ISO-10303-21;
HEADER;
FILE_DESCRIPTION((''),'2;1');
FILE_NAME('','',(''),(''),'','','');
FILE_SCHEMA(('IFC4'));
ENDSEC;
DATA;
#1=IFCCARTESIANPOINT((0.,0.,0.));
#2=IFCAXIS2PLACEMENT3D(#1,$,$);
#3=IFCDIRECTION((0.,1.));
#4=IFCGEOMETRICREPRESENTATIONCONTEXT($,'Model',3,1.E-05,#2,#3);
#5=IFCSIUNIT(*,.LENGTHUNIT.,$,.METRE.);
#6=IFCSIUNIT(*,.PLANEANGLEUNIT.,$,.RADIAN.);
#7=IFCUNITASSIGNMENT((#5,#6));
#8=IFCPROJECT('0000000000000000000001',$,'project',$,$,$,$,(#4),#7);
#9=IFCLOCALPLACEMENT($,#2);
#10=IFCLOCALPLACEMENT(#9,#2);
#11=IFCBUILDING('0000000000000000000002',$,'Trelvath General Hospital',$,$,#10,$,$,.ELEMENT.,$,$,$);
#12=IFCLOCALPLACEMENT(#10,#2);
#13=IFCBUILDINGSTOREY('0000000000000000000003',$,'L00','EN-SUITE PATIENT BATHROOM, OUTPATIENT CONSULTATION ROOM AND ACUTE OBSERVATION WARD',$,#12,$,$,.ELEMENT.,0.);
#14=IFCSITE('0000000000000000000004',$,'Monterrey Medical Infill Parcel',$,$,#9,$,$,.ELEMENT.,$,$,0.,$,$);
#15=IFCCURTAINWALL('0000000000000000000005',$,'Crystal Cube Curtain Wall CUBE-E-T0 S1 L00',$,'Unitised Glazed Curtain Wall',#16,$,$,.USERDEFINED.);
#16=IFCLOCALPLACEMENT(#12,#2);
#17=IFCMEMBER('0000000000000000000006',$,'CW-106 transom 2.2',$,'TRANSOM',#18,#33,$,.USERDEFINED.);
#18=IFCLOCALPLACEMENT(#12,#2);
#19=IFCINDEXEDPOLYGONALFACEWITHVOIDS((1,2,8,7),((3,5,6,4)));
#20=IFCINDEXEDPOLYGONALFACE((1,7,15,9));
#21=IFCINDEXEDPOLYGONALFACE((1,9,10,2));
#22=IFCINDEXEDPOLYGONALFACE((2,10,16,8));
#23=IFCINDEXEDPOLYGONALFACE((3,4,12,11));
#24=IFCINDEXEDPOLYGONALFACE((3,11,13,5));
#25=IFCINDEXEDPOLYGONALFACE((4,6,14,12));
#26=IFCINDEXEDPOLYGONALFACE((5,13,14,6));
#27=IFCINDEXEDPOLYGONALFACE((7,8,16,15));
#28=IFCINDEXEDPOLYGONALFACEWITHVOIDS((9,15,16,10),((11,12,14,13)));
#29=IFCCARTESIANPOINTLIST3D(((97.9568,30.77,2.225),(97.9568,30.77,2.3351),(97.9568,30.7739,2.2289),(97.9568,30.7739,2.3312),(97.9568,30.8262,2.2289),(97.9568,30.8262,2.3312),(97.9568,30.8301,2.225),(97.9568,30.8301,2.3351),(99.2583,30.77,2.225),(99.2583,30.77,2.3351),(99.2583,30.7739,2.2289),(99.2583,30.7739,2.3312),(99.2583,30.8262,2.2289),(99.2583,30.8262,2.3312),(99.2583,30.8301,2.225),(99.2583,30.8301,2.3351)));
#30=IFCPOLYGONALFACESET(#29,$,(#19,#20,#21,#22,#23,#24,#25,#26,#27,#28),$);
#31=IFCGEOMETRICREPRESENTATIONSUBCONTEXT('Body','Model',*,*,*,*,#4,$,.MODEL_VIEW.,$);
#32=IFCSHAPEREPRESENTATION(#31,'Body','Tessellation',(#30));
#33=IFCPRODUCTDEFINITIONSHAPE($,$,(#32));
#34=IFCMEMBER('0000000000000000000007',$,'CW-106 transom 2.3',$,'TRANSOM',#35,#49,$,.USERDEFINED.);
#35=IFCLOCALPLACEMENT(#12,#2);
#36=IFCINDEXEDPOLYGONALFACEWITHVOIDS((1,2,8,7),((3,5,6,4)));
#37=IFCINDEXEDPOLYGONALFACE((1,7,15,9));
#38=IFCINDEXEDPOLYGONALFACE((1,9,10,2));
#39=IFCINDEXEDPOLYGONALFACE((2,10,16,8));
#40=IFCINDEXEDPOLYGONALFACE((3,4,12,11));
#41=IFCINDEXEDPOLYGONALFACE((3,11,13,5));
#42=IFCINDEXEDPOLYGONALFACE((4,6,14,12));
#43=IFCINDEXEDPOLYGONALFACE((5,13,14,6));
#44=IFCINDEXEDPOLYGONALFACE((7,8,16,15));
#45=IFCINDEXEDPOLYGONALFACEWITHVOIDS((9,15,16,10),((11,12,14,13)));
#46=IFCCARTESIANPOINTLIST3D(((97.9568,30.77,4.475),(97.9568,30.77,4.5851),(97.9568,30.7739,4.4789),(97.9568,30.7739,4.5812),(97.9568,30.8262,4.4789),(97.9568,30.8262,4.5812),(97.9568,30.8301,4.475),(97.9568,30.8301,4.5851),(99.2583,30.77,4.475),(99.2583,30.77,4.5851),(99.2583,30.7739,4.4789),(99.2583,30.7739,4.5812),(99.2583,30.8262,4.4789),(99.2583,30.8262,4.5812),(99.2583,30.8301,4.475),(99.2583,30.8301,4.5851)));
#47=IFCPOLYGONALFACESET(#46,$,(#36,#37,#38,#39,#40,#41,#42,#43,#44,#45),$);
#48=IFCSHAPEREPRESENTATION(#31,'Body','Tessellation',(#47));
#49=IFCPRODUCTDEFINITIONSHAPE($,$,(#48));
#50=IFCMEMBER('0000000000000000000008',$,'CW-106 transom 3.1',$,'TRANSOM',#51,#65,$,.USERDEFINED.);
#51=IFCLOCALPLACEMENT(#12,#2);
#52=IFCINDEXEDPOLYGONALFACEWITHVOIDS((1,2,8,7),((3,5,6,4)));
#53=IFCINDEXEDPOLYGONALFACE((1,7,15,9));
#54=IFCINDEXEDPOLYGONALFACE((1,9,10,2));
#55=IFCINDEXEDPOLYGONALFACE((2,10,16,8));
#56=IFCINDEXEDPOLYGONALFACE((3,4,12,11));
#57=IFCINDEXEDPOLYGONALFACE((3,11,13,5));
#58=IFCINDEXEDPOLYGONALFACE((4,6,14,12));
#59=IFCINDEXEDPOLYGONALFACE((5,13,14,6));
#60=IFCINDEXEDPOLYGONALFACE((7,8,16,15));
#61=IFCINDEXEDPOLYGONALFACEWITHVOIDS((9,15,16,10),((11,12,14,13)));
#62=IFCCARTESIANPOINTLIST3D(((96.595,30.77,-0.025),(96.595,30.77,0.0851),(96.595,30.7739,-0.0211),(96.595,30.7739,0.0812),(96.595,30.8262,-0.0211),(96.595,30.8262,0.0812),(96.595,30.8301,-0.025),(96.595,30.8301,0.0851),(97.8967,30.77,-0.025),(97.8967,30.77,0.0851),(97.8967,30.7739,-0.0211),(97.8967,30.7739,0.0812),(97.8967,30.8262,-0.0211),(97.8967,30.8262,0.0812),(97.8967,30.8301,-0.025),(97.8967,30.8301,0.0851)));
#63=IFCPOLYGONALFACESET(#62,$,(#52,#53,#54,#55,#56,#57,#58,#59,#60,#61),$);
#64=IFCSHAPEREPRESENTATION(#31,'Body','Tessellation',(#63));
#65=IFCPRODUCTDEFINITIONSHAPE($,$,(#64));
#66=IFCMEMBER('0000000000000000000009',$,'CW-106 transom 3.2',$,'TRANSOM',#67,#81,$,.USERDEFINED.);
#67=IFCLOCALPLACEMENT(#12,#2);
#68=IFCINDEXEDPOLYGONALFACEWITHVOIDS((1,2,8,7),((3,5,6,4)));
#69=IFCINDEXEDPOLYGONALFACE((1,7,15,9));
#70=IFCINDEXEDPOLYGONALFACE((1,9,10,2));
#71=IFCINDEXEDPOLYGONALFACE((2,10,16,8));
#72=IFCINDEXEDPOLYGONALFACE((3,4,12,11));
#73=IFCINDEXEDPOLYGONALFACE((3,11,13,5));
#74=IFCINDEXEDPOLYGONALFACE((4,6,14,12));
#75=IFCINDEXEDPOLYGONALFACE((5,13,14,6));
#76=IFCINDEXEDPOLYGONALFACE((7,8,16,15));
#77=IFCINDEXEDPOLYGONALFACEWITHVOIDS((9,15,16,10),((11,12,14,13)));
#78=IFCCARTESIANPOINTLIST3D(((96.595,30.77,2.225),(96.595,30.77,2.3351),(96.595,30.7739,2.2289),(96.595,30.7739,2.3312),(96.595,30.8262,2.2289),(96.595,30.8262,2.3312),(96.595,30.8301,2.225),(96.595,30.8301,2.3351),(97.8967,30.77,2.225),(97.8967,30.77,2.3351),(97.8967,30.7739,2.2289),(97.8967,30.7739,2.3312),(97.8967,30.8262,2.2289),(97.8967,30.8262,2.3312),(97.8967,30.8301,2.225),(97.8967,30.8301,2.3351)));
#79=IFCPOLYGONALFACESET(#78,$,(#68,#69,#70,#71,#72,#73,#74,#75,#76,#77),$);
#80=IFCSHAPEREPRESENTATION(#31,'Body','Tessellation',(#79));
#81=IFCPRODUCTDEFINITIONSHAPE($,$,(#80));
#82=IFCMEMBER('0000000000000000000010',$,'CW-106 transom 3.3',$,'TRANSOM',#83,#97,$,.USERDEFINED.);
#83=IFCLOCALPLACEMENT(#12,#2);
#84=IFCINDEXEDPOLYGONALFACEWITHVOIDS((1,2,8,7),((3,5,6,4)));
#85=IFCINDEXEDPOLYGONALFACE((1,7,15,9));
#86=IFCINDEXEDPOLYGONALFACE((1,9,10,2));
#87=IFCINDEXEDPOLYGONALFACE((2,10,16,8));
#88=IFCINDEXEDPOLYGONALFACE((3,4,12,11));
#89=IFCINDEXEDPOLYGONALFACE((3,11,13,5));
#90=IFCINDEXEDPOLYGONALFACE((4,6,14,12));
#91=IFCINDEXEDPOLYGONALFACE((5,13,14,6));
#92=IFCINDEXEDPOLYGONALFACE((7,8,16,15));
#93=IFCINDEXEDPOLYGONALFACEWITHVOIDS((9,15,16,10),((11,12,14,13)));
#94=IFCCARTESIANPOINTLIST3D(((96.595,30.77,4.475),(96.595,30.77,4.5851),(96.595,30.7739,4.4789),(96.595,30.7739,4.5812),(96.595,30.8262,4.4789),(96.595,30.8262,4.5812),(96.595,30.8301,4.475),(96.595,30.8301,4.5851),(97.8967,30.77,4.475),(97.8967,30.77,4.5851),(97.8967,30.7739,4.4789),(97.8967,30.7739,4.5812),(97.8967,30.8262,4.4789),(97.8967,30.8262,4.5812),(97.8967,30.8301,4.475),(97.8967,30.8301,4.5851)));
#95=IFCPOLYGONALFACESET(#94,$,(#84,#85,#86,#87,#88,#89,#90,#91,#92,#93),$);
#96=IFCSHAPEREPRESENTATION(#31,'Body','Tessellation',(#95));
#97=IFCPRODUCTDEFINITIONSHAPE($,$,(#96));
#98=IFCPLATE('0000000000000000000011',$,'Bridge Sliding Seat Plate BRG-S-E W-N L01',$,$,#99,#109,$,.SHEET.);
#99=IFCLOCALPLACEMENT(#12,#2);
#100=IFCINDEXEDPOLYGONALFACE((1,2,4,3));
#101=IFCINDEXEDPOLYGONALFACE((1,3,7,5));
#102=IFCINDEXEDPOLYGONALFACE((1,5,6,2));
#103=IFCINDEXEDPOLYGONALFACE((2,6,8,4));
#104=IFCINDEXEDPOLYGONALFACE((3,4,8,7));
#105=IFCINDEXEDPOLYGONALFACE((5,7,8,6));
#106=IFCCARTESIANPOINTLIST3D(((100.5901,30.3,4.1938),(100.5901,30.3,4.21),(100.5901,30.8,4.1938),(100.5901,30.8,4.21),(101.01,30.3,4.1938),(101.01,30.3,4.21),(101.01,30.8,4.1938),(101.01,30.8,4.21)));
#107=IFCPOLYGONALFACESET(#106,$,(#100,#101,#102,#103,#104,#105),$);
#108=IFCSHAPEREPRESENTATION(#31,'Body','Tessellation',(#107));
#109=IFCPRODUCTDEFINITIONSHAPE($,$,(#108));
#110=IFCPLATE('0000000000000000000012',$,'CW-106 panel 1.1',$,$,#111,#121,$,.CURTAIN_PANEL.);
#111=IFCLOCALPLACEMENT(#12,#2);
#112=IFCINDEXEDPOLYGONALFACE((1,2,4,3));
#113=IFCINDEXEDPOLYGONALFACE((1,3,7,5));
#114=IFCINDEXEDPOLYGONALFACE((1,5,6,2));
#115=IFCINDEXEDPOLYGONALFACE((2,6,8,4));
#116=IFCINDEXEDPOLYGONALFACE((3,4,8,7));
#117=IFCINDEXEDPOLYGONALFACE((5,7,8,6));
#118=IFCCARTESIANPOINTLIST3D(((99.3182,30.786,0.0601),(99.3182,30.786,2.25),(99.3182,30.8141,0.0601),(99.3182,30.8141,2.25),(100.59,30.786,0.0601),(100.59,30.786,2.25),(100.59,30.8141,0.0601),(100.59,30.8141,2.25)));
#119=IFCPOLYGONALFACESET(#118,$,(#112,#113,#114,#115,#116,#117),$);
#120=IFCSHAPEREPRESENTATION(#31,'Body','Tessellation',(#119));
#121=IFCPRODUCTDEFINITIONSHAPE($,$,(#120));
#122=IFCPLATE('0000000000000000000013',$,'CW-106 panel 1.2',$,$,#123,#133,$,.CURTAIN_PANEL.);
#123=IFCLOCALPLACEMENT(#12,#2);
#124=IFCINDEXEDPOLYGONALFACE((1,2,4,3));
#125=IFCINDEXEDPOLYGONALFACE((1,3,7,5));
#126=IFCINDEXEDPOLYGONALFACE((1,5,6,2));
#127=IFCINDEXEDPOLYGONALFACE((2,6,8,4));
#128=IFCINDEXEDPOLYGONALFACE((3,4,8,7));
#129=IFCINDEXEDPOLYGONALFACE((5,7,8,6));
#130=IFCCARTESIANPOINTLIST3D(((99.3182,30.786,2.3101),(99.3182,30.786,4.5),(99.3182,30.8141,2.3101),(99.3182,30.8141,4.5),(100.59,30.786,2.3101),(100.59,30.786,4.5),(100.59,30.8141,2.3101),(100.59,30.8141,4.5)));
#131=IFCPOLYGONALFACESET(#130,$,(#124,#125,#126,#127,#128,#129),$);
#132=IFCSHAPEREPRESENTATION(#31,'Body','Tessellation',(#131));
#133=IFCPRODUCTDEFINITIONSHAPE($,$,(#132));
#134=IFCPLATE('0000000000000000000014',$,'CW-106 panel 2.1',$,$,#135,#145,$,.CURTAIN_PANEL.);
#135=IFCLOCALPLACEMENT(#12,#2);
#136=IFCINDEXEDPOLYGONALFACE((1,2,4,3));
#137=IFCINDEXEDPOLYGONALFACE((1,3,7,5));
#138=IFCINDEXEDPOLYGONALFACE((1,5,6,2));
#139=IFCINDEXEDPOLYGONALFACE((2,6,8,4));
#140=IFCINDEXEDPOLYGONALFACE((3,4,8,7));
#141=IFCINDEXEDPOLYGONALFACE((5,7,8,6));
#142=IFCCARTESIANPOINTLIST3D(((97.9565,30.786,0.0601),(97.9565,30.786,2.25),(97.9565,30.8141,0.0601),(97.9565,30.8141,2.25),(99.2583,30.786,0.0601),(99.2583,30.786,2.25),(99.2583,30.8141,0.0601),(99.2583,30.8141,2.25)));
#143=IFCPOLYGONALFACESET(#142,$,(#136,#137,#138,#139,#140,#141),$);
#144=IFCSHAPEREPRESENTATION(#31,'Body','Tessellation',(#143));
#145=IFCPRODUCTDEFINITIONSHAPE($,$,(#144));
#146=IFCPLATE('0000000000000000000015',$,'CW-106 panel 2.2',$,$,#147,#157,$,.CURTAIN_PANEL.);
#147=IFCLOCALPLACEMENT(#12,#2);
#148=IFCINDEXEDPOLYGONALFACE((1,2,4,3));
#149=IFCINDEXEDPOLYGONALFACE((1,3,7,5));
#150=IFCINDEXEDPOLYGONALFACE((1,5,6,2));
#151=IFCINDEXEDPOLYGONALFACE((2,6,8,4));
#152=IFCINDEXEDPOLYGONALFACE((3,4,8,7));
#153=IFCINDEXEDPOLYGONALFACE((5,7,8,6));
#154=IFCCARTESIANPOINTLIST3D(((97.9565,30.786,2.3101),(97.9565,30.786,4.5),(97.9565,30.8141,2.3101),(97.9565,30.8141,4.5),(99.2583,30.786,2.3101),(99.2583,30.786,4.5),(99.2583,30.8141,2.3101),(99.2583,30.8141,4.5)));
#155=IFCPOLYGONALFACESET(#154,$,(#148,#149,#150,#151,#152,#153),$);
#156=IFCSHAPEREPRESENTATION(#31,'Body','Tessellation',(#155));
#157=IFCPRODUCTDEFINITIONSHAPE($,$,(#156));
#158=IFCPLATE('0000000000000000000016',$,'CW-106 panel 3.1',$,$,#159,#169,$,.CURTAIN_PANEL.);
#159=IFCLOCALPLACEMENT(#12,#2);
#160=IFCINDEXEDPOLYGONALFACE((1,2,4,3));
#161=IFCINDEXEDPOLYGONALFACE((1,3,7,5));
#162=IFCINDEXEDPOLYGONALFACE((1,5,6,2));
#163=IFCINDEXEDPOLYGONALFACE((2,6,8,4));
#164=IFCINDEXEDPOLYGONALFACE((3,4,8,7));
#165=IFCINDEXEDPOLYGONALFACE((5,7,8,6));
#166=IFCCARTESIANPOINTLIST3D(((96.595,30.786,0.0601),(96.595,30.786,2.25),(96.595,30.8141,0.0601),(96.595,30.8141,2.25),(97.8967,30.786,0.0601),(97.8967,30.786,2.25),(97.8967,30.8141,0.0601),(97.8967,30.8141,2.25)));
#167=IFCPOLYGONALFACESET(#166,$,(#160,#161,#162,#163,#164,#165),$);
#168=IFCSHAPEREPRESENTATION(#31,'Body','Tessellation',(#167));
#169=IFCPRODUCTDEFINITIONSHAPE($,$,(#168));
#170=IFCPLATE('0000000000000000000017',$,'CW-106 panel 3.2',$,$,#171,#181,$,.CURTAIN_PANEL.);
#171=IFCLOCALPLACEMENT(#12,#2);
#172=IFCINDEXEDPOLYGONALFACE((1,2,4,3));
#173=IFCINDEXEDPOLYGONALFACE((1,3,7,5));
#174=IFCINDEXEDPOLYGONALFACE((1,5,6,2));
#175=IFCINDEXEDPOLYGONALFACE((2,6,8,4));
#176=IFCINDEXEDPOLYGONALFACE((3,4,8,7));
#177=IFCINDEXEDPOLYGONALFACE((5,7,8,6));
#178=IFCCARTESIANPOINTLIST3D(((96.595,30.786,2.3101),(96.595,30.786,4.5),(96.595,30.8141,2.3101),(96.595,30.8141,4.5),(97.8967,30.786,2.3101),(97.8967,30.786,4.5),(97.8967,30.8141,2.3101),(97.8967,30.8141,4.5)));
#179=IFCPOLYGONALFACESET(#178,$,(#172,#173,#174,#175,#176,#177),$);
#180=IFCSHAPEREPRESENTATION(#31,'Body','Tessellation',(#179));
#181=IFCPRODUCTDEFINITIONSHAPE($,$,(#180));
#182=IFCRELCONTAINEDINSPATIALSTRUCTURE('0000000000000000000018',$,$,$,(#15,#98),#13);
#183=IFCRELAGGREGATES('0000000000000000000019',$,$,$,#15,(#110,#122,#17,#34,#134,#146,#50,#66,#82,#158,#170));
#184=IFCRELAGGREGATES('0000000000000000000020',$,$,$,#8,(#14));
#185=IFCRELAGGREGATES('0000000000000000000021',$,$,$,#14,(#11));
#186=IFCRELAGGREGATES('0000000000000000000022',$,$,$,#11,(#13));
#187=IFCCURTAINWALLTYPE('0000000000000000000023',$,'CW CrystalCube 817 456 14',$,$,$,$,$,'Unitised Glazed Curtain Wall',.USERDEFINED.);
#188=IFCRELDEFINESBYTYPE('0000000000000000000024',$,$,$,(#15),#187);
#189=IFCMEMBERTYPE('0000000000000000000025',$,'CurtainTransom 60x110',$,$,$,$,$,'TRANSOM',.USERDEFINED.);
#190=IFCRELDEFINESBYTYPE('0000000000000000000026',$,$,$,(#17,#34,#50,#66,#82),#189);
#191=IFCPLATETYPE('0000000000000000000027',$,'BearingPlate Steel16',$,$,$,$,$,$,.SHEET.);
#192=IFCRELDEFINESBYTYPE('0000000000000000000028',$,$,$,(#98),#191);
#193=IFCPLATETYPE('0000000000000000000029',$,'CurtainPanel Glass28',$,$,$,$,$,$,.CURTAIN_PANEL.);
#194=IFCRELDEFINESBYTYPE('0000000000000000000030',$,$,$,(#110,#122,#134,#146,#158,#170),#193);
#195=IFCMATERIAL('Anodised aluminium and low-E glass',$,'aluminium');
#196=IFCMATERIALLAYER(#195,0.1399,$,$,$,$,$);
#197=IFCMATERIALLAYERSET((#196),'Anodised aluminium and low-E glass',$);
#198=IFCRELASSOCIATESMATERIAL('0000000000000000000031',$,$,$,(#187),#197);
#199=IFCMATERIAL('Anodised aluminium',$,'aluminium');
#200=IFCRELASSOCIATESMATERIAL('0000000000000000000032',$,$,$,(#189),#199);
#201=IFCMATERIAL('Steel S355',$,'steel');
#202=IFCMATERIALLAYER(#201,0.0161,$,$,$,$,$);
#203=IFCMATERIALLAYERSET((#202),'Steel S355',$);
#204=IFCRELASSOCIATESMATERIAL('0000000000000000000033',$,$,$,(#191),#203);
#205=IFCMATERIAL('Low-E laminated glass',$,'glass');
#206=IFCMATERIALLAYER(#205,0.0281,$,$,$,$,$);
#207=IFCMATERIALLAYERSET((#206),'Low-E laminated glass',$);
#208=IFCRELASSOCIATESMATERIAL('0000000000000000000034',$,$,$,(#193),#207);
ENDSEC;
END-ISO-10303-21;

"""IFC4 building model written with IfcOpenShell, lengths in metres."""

from ifc_helpers import new_model, si_unit, direction, frame, origin, origin_2d, place, context, subcontext, project, spatial, rectangle, hollow_rectangle, extrude, material, layer, layer_set, material_profile, profile_set, type_object, element, aggregate, save


model = new_model("IFC4")

# Units and contexts
model_context = context("Model", 3, precision=1e-05, world=origin(), true_north=direction((0.0, 1.0)))
body_context = subcontext(model_context, "Body", "Model", "MODEL_VIEW")
ifc_project = project(units=[si_unit("LENGTHUNIT", "METRE"), si_unit("PLANEANGLEUNIT", "RADIAN")], contexts=[model_context])

# Site, building, storey
site_placement = place(None, origin())
site = spatial("IfcSite", under=ifc_project, at=site_placement, Name="Monterrey Medical Infill Parcel", CompositionType="ELEMENT", RefElevation=0.0)
building_placement = place(site_placement, origin())
building = spatial("IfcBuilding", under=site, at=building_placement, Name="Trelvath General Hospital", CompositionType="ELEMENT")
storey_placement = place(building_placement, origin())
storey = spatial("IfcBuildingStorey", under=building, at=storey_placement, Name="L00", Description="EN-SUITE PATIENT BATHROOM, OUTPATIENT CONSULTATION ROOM AND ACUTE OBSERVATION WARD", CompositionType="ELEMENT", Elevation=0.0)

# Curtain wall
ifc_material_1 = material(Name="Anodised aluminium and low-E glass", Category="aluminium")
ifc_layer_1 = layer(ifc_material_1, 0.1399)
ifc_layer_set_1 = layer_set([ifc_layer_1], Name="Anodised aluminium and low-E glass")
curtain_wall_type_1 = type_object("IfcCurtainWallType", Name="CW CrystalCube 817 456 14", ElementType="Unitised Glazed Curtain Wall", PredefinedType="USERDEFINED", material=ifc_layer_set_1)
curtain_wall_1_placement = place(storey_placement, origin())
curtain_wall_1 = element("IfcCurtainWall", 1, at=curtain_wall_1_placement, inside=storey, type_object=curtain_wall_type_1, Name="Crystal Cube Curtain Wall CUBE-E-T0 S1 L00", ObjectType="Unitised Glazed Curtain Wall", PredefinedType="USERDEFINED")

# Members
ifc_material_2 = material(Name="Anodised aluminium", Category="aluminium")
ifc_material_profile_1 = material_profile(ifc_material_2, hollow_rectangle(XDim=0.0601, YDim=0.1101, WallThickness=0.0039, at=origin_2d()), Name="RHS60x110x4")
ifc_profile_set_1 = profile_set([ifc_material_profile_1], Name="Anodised aluminium")
member_type_1 = type_object("IfcMemberType", Name="CurtainTransom 60x110", ElementType="TRANSOM", PredefinedType="USERDEFINED", material=ifc_profile_set_1)
member_1_placement = place(storey_placement, frame((99.2583, 30.8, 2.28), z_axis=(-1.0, 0.0, 0.0), x_axis=(0.0, -1.0, 0.0)))
member_1 = element("IfcMember", 2, at=member_1_placement, type_object=member_type_1, Name="CW-106 transom 2.2", ObjectType="TRANSOM", PredefinedType="USERDEFINED", context=body_context, shape_type="SweptSolid", body=[
    extrude(hollow_rectangle(XDim=0.0601, YDim=0.1101, WallThickness=0.0039, at=origin_2d()), origin(), (0.0, 0.0, 1.0), 1.3015),
])
member_2_placement = place(storey_placement, frame((99.2583, 30.8, 4.53), z_axis=(-1.0, 0.0, 0.0), x_axis=(0.0, -1.0, 0.0)))
member_2 = element("IfcMember", 3, at=member_2_placement, type_object=member_type_1, Name="CW-106 transom 2.3", ObjectType="TRANSOM", PredefinedType="USERDEFINED", context=body_context, shape_type="SweptSolid", body=[
    extrude(hollow_rectangle(XDim=0.0601, YDim=0.1101, WallThickness=0.0039, at=origin_2d()), origin(), (0.0, 0.0, 1.0), 1.3015),
])
member_3_placement = place(storey_placement, frame((97.8967, 30.8, 0.03), z_axis=(-1.0, 0.0, 0.0), x_axis=(0.0, -1.0, 0.0)))
member_3 = element("IfcMember", 4, at=member_3_placement, type_object=member_type_1, Name="CW-106 transom 3.1", ObjectType="TRANSOM", PredefinedType="USERDEFINED", context=body_context, shape_type="SweptSolid", body=[
    extrude(hollow_rectangle(XDim=0.0601, YDim=0.1101, WallThickness=0.0039, at=origin_2d()), origin(), (0.0, 0.0, 1.0), 1.3018),
])
member_4_placement = place(storey_placement, frame((97.8967, 30.8, 2.28), z_axis=(-1.0, 0.0, 0.0), x_axis=(0.0, -1.0, 0.0)))
member_4 = element("IfcMember", 5, at=member_4_placement, type_object=member_type_1, Name="CW-106 transom 3.2", ObjectType="TRANSOM", PredefinedType="USERDEFINED", context=body_context, shape_type="SweptSolid", body=[
    extrude(hollow_rectangle(XDim=0.0601, YDim=0.1101, WallThickness=0.0039, at=origin_2d()), origin(), (0.0, 0.0, 1.0), 1.3018),
])
member_5_placement = place(storey_placement, frame((97.8967, 30.8, 4.53), z_axis=(-1.0, 0.0, 0.0), x_axis=(0.0, -1.0, 0.0)))
member_5 = element("IfcMember", 6, at=member_5_placement, type_object=member_type_1, Name="CW-106 transom 3.3", ObjectType="TRANSOM", PredefinedType="USERDEFINED", context=body_context, shape_type="SweptSolid", body=[
    extrude(hollow_rectangle(XDim=0.0601, YDim=0.1101, WallThickness=0.0039, at=origin_2d()), origin(), (0.0, 0.0, 1.0), 1.3018),
])

# Plates
ifc_material_3 = material(Name="Steel S355", Category="steel")
ifc_layer_2 = layer(ifc_material_3, 0.0161)
ifc_layer_set_2 = layer_set([ifc_layer_2], Name="Steel S355")
plate_type_1 = type_object("IfcPlateType", Name="BearingPlate Steel16", PredefinedType="SHEET", material=ifc_layer_set_2)
plate_1_placement = place(storey_placement, frame((100.8, 30.55, 4.1938), z_axis=(0.0, 0.0, 1.0), x_axis=(1.0, 0.0, 0.0)))
element("IfcPlate", 7, at=plate_1_placement, inside=storey, type_object=plate_type_1, Name="Bridge Sliding Seat Plate BRG-S-E W-N L01", PredefinedType="SHEET", context=body_context, shape_type="SweptSolid", body=[
    extrude(rectangle(XDim=0.4199, YDim=0.5, at=origin_2d()), origin(), (0.0, 0.0, 1.0), 0.0161),
])
ifc_material_4 = material(Name="Low-E laminated glass", Category="glass")
ifc_layer_3 = layer(ifc_material_4, 0.0281)
ifc_layer_set_3 = layer_set([ifc_layer_3], Name="Low-E laminated glass")
plate_type_2 = type_object("IfcPlateType", Name="CurtainPanel Glass28", PredefinedType="CURTAIN_PANEL", material=ifc_layer_set_3)
plate_2_placement = place(storey_placement, frame((99.9541, 30.8, 0.0601), z_axis=(0.0, 0.0, 1.0), x_axis=(-1.0, 0.0, 0.0)))
plate_2 = element("IfcPlate", 8, at=plate_2_placement, type_object=plate_type_2, Name="CW-106 panel 1.1", PredefinedType="CURTAIN_PANEL", context=body_context, shape_type="SweptSolid", body=[
    extrude(rectangle(XDim=1.2717, YDim=0.0281, at=origin_2d()), origin(), (0.0, 0.0, 1.0), 2.1899),
])
plate_3_placement = place(storey_placement, frame((99.9541, 30.8, 2.3101), z_axis=(0.0, 0.0, 1.0), x_axis=(-1.0, 0.0, 0.0)))
plate_3 = element("IfcPlate", 9, at=plate_3_placement, type_object=plate_type_2, Name="CW-106 panel 1.2", PredefinedType="CURTAIN_PANEL", context=body_context, shape_type="SweptSolid", body=[
    extrude(rectangle(XDim=1.2717, YDim=0.0281, at=origin_2d()), origin(), (0.0, 0.0, 1.0), 2.1899),
])
plate_4_placement = place(storey_placement, frame((98.6074, 30.8, 0.0601), z_axis=(0.0, 0.0, 1.0), x_axis=(-1.0, 0.0, 0.0)))
plate_4 = element("IfcPlate", 10, at=plate_4_placement, type_object=plate_type_2, Name="CW-106 panel 2.1", PredefinedType="CURTAIN_PANEL", context=body_context, shape_type="SweptSolid", body=[
    extrude(rectangle(XDim=1.3018, YDim=0.0281, at=origin_2d()), origin(), (0.0, 0.0, 1.0), 2.1899),
])
plate_5_placement = place(storey_placement, frame((98.6074, 30.8, 2.3101), z_axis=(0.0, 0.0, 1.0), x_axis=(-1.0, 0.0, 0.0)))
plate_5 = element("IfcPlate", 11, at=plate_5_placement, type_object=plate_type_2, Name="CW-106 panel 2.2", PredefinedType="CURTAIN_PANEL", context=body_context, shape_type="SweptSolid", body=[
    extrude(rectangle(XDim=1.3018, YDim=0.0281, at=origin_2d()), origin(), (0.0, 0.0, 1.0), 2.1899),
])
plate_6_placement = place(storey_placement, frame((97.2458, 30.8, 0.0601), z_axis=(0.0, 0.0, 1.0), x_axis=(-1.0, 0.0, 0.0)))
plate_6 = element("IfcPlate", 12, at=plate_6_placement, type_object=plate_type_2, Name="CW-106 panel 3.1", PredefinedType="CURTAIN_PANEL", context=body_context, shape_type="SweptSolid", body=[
    extrude(rectangle(XDim=1.3018, YDim=0.0281, at=origin_2d()), origin(), (0.0, 0.0, 1.0), 2.1899),
])
plate_7_placement = place(storey_placement, frame((97.2458, 30.8, 2.3101), z_axis=(0.0, 0.0, 1.0), x_axis=(-1.0, 0.0, 0.0)))
plate_7 = element("IfcPlate", 13, at=plate_7_placement, type_object=plate_type_2, Name="CW-106 panel 3.2", PredefinedType="CURTAIN_PANEL", context=body_context, shape_type="SweptSolid", body=[
    extrude(rectangle(XDim=1.3018, YDim=0.0281, at=origin_2d()), origin(), (0.0, 0.0, 1.0), 2.1899),
])
aggregate(curtain_wall_1, [plate_2, plate_3, member_1, member_2, plate_4, plate_5, member_3, member_4, member_5, plate_6, plate_7])

save(model, "model.ifc")
